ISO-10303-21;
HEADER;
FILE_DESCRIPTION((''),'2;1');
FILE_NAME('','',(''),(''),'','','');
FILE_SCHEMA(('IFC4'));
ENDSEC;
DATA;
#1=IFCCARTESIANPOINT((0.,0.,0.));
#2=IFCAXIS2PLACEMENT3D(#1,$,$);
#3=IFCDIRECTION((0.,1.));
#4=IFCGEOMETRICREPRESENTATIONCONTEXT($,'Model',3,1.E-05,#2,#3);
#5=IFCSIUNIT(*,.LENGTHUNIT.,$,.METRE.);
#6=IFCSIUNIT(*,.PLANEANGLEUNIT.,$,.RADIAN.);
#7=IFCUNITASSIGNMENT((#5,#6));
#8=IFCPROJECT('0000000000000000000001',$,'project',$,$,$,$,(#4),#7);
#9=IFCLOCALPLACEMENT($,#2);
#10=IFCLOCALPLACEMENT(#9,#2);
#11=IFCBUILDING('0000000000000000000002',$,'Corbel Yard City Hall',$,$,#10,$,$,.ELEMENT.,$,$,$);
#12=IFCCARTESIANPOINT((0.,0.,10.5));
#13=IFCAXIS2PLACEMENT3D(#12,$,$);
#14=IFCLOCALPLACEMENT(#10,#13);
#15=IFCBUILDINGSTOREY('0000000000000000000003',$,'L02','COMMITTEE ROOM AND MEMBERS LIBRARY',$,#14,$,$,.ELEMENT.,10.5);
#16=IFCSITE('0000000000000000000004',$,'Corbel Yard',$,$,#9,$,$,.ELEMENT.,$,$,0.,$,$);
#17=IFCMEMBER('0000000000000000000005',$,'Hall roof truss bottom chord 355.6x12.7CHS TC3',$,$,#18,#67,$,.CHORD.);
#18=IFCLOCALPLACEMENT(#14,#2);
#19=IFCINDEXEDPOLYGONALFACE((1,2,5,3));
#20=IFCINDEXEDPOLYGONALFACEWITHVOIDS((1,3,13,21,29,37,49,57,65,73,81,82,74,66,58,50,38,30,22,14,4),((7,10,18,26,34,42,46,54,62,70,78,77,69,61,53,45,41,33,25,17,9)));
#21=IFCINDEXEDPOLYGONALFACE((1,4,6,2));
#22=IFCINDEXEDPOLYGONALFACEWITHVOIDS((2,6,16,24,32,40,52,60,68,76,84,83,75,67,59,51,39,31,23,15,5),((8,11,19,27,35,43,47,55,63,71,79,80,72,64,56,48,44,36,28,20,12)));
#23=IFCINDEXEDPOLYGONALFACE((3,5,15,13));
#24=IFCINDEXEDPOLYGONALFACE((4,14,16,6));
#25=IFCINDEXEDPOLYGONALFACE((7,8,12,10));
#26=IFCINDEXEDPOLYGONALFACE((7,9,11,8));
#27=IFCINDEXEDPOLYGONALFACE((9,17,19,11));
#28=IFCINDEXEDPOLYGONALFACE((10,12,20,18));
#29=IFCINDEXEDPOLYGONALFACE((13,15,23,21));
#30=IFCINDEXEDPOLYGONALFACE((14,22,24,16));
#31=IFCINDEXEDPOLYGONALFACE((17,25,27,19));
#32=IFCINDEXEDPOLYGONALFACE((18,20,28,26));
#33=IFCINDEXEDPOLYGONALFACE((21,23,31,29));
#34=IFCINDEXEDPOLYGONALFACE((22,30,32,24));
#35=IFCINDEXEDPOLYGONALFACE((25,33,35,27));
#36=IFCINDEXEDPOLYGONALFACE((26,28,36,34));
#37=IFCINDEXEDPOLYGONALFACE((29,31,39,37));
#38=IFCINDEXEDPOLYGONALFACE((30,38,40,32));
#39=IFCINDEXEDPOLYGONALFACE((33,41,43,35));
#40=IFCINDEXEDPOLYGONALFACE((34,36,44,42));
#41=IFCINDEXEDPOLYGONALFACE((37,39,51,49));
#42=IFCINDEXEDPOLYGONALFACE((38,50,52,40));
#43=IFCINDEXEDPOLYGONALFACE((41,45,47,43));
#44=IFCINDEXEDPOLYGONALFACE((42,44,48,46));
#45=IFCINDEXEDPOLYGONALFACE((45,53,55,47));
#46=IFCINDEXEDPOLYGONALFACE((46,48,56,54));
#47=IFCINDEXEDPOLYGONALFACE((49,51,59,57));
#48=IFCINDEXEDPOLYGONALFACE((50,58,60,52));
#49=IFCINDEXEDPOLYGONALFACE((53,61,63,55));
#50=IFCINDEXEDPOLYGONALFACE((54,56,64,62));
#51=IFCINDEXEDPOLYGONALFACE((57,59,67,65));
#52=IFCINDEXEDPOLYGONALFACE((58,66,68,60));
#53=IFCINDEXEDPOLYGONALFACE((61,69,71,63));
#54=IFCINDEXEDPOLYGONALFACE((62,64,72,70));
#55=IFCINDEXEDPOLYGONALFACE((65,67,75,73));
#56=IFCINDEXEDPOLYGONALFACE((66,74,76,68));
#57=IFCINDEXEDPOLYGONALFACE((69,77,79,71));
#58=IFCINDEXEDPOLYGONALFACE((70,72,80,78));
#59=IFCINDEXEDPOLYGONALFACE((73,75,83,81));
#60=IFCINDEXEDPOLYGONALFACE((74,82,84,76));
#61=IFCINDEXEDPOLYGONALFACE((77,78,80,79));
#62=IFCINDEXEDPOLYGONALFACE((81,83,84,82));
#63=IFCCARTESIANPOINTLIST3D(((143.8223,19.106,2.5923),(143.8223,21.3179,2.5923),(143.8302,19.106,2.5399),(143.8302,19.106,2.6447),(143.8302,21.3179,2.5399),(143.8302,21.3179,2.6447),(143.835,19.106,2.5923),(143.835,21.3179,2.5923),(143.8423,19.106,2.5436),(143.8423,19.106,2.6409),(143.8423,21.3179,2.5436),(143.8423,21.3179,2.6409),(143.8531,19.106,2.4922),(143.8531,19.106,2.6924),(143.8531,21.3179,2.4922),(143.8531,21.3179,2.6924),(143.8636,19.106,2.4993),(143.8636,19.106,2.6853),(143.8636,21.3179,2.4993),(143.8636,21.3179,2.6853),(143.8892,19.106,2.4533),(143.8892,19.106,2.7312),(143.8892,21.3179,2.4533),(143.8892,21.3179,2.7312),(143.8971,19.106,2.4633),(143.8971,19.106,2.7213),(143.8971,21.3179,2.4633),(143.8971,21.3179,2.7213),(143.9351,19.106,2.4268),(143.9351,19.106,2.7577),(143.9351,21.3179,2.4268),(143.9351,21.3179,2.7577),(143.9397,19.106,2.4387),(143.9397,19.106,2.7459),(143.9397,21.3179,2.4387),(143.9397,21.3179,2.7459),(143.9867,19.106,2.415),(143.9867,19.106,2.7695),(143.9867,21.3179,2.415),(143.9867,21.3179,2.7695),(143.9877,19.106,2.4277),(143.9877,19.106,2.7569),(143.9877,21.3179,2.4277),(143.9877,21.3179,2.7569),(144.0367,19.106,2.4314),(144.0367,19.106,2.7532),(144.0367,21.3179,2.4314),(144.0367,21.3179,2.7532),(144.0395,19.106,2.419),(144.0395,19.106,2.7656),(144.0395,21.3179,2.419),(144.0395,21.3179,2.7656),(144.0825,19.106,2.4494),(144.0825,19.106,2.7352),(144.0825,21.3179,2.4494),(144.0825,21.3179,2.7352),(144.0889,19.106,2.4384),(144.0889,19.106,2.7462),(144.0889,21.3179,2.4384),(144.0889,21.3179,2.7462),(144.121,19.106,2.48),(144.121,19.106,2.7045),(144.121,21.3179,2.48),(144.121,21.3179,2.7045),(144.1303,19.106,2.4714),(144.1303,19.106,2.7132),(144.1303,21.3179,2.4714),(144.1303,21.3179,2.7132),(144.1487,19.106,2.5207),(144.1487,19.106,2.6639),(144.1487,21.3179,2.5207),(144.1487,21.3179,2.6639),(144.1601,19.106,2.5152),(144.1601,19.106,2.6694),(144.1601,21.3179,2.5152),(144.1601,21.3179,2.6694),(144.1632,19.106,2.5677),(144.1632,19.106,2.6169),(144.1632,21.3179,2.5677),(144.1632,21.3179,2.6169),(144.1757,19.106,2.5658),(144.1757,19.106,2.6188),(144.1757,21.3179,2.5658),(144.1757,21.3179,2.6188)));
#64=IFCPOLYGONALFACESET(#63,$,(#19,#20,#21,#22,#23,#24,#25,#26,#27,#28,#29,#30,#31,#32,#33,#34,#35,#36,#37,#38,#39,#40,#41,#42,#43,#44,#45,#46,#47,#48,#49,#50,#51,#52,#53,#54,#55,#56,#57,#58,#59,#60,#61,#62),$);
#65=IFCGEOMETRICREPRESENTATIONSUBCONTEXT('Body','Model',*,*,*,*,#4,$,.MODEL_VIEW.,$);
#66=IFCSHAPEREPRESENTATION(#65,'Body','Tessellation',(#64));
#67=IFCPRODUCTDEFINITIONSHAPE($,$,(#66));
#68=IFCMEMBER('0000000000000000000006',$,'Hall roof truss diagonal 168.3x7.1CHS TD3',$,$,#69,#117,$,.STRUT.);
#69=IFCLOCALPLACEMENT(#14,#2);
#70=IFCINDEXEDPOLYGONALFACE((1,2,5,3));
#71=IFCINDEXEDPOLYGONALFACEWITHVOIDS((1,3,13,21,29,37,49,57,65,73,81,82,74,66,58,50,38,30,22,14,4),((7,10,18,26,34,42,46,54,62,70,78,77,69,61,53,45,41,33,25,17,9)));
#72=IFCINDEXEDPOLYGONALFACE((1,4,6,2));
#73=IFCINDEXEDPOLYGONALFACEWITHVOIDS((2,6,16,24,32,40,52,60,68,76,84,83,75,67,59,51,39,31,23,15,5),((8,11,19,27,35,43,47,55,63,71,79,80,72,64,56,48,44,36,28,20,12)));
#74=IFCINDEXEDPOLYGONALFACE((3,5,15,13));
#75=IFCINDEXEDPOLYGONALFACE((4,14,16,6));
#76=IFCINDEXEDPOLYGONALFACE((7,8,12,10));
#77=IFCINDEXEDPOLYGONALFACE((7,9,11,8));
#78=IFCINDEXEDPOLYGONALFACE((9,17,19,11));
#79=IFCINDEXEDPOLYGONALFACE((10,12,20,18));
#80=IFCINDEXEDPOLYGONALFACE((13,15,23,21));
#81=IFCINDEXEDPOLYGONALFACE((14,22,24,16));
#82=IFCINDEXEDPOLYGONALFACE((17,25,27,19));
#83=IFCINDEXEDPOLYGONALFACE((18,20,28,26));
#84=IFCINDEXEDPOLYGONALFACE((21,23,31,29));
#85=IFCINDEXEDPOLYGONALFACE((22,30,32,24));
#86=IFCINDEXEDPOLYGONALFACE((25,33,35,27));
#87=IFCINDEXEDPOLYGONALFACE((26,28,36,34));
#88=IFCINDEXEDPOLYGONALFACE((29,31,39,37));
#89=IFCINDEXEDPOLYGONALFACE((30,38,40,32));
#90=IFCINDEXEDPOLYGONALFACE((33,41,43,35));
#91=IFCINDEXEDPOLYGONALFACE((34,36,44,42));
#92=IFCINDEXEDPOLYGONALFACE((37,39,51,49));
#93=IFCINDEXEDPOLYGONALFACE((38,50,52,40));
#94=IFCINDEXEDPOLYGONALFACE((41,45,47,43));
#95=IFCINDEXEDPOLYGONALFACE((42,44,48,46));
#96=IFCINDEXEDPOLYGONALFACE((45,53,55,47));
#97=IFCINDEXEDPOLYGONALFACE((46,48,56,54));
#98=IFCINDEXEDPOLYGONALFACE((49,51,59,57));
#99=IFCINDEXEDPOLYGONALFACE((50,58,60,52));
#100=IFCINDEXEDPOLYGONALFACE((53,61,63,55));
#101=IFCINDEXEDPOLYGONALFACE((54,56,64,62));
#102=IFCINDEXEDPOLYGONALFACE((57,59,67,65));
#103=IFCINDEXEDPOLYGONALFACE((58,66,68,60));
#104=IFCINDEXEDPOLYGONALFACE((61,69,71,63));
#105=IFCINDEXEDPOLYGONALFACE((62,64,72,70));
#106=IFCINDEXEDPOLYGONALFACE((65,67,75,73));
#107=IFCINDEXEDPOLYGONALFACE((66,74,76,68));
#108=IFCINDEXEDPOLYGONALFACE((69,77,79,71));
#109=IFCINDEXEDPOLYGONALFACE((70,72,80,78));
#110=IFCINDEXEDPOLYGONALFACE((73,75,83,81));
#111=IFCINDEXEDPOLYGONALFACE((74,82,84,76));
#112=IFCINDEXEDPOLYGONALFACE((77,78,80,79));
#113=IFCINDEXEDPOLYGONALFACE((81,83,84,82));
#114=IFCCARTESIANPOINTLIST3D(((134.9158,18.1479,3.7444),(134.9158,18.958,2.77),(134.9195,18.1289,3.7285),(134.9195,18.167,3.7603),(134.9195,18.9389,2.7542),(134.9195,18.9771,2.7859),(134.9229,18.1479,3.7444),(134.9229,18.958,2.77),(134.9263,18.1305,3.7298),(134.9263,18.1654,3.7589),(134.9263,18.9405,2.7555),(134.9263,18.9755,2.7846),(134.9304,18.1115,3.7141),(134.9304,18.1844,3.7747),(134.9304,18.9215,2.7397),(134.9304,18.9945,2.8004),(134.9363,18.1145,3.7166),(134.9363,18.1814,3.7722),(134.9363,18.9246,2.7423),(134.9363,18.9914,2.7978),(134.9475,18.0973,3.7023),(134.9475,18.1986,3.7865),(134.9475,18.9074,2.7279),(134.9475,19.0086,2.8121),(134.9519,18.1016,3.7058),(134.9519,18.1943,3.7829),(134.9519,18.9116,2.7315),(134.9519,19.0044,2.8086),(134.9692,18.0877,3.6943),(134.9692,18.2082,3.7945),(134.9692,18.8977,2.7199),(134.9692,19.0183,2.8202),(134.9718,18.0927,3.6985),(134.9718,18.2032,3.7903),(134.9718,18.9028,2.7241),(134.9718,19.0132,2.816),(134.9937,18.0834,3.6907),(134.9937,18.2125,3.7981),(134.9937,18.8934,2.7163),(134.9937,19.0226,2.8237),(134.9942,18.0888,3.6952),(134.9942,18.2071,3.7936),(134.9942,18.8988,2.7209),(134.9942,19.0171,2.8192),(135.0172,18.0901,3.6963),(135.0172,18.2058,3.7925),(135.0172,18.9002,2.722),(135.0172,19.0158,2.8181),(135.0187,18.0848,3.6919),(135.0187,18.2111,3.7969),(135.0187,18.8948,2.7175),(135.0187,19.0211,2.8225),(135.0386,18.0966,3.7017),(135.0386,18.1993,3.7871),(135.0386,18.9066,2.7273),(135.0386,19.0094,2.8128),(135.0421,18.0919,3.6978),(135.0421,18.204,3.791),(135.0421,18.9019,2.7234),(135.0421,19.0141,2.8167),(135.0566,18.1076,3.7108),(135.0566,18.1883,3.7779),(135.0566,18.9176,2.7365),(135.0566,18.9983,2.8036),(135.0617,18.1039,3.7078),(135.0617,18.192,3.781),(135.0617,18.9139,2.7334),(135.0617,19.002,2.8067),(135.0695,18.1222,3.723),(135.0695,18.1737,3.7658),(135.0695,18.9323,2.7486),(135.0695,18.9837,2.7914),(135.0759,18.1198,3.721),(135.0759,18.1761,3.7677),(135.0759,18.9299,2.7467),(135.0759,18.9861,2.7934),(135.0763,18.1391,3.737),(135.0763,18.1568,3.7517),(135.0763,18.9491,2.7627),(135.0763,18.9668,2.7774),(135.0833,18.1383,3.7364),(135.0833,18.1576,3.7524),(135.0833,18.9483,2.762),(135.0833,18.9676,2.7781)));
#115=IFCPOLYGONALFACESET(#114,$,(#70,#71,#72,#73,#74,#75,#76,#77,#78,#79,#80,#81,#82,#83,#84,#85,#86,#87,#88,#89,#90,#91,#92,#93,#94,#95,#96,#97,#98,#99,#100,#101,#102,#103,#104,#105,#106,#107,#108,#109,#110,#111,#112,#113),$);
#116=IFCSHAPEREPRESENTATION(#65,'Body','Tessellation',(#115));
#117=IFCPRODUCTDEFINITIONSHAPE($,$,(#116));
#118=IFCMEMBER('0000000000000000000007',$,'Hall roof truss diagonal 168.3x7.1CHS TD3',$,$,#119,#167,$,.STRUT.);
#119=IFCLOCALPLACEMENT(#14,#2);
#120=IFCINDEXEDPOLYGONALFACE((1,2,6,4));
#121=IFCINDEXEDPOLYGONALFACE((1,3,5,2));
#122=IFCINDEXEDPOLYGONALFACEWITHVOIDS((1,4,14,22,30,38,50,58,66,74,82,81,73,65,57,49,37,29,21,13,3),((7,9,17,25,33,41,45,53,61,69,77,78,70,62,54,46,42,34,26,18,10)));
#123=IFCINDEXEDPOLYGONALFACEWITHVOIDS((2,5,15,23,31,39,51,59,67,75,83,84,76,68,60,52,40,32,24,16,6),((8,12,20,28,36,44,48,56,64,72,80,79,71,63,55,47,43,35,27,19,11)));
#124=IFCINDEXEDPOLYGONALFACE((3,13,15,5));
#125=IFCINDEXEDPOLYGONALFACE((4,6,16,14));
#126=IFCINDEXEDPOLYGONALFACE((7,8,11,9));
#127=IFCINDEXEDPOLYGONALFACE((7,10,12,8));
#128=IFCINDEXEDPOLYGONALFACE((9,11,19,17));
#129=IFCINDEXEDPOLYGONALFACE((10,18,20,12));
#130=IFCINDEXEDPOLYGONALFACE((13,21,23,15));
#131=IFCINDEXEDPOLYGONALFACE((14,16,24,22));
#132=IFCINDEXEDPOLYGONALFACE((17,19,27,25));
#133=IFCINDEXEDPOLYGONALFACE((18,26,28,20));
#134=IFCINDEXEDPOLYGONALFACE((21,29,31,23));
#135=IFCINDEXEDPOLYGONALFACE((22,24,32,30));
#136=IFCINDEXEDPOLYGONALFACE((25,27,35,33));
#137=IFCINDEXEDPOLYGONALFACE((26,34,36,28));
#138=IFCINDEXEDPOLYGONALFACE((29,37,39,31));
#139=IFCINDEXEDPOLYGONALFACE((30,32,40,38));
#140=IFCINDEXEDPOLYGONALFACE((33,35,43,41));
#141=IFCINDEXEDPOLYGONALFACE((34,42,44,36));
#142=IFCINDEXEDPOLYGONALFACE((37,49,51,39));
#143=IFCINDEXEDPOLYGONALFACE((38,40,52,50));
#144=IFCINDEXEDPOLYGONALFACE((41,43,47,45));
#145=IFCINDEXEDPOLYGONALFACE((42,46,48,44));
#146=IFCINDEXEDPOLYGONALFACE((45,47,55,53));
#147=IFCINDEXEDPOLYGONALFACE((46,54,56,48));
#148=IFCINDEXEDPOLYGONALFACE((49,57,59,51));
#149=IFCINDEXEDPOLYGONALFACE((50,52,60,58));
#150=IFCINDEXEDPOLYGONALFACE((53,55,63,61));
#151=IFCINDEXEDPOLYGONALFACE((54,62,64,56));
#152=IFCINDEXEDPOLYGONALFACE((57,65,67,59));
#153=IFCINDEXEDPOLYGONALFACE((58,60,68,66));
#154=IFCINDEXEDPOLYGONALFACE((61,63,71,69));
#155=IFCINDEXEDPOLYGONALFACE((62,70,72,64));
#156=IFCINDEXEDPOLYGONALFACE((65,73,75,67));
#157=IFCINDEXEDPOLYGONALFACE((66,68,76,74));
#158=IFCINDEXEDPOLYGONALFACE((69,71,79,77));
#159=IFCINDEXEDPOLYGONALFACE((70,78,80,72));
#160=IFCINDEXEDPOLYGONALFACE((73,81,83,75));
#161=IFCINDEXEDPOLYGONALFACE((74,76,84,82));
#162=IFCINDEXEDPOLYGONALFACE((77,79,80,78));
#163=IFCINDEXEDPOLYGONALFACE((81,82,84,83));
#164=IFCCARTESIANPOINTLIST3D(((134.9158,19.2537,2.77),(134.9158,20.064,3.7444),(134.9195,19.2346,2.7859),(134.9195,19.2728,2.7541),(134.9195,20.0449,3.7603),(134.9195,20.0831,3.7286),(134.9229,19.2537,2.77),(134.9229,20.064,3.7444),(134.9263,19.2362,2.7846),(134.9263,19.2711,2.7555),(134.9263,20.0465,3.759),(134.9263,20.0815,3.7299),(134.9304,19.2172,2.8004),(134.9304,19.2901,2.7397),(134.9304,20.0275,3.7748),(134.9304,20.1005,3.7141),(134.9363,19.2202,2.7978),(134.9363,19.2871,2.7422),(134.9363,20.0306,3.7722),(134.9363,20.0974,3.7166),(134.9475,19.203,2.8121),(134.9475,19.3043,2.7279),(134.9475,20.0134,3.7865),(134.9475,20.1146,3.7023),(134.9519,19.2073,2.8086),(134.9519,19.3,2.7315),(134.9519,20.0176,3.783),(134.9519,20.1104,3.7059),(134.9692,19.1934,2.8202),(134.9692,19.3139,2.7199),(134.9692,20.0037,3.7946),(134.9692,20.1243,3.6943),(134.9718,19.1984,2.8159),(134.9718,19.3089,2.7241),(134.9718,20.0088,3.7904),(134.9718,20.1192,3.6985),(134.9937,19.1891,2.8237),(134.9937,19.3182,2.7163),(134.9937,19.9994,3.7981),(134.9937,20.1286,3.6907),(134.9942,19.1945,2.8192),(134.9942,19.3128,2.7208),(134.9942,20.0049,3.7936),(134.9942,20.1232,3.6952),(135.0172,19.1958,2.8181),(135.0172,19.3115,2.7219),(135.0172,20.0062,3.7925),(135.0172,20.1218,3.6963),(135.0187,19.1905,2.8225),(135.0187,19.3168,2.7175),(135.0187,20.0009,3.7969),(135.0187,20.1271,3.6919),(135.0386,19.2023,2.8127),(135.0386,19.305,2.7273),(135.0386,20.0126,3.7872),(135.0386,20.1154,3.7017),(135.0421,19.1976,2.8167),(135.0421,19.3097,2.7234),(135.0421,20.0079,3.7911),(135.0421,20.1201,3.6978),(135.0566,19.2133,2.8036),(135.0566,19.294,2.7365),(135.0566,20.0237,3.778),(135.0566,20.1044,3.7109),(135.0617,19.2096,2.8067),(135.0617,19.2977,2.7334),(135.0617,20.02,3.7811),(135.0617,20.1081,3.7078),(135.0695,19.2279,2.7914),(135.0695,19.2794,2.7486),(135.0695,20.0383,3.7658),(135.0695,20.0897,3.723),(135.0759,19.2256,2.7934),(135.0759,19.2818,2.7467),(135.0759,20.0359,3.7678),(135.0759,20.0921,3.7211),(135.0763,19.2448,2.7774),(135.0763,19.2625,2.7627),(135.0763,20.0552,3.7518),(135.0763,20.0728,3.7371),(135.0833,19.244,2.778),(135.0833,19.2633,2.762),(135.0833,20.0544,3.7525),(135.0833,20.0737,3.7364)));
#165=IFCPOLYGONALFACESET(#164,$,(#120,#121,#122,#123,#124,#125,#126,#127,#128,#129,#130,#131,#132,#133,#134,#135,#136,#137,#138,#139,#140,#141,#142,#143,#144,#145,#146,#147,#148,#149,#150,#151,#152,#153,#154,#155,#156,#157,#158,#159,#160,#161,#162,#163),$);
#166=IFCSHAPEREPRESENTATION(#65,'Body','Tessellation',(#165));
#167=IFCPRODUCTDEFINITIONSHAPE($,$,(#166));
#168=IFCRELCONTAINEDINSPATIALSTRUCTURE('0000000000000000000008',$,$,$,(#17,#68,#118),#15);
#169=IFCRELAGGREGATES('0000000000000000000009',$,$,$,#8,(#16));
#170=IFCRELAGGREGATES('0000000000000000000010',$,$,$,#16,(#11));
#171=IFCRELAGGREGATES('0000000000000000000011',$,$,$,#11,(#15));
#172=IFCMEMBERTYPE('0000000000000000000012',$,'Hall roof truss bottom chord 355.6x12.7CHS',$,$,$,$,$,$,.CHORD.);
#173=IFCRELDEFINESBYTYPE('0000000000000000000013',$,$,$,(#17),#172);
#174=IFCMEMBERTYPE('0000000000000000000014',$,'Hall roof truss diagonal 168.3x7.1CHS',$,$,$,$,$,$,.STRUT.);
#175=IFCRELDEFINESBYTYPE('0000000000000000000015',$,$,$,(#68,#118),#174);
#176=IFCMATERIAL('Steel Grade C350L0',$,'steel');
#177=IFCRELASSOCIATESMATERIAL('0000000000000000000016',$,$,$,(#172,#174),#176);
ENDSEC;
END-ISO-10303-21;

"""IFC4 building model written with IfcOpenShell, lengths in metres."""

from ifc_helpers import new_model, si_unit, direction, frame, origin, origin_2d, place, context, subcontext, project, spatial, hollow_circle, extrude, material, material_profile, profile_set, type_object, element, save


model = new_model("IFC4")

# Units and contexts
model_context = context("Model", 3, precision=1e-05, world=origin(), true_north=direction((0.0, 1.0)))
body_context = subcontext(model_context, "Body", "Model", "MODEL_VIEW")
ifc_project = project(units=[si_unit("LENGTHUNIT", "METRE"), si_unit("PLANEANGLEUNIT", "RADIAN")], contexts=[model_context])

# Site, building, storey
site_placement = place(None, origin())
site = spatial("IfcSite", under=ifc_project, at=site_placement, Name="Corbel Yard", CompositionType="ELEMENT", RefElevation=0.0)
building_placement = place(site_placement, origin())
building = spatial("IfcBuilding", under=site, at=building_placement, Name="Corbel Yard City Hall", CompositionType="ELEMENT")
storey_placement = place(building_placement, frame((0.0, 0.0, 10.5)))
storey = spatial("IfcBuildingStorey", under=building, at=storey_placement, Name="L02", Description="COMMITTEE ROOM AND MEMBERS LIBRARY", CompositionType="ELEMENT", Elevation=10.5)

# Members
ifc_material_1 = material(Name="Steel Grade C350L0", Category="steel")
ifc_material_profile_1 = material_profile(ifc_material_1, hollow_circle(Radius=0.1777, WallThickness=0.0127, at=origin_2d()), Name="355.6x12.7CHS")
ifc_profile_set_1 = profile_set([ifc_material_profile_1], Name="Steel Grade C350L0")
member_type_1 = type_object("IfcMemberType", Name="Hall roof truss bottom chord 355.6x12.7CHS", PredefinedType="CHORD", material=ifc_profile_set_1)
for number, where, z_axis, x_axis, name in (
    (1, (144.0, 19.106, 2.5923), (0.0, 1.0, 0.0), (-1.0, 0.0, 0.0), "Hall roof truss bottom chord 355.6x12.7CHS TC3"),
):
    element("IfcMember", number, at=place(storey_placement, frame(where, z_axis=z_axis, x_axis=x_axis)), inside=storey, type_object=member_type_1, Name=name, PredefinedType="CHORD", context=body_context, shape_type="SweptSolid", body=[
        extrude(hollow_circle(Radius=0.1777, WallThickness=0.0127, at=origin_2d()), origin(), (0.0, 0.0, 1.0), 2.2119),
    ])
ifc_material_profile_2 = material_profile(ifc_material_1, hollow_circle(Radius=0.0842, WallThickness=0.0071, at=origin_2d()), Name="168.3x7.1CHS")
ifc_profile_set_2 = profile_set([ifc_material_profile_2], Name="Steel Grade C350L0")
member_type_2 = type_object("IfcMemberType", Name="Hall roof truss diagonal 168.3x7.1CHS", PredefinedType="STRUT", material=ifc_profile_set_2)
member_1_placement = place(storey_placement, frame((135.0, 18.1479, 3.7444), z_axis=(0.0, 0.639293, -0.768963), x_axis=(-1.0, 0.0, 0.0)))
element("IfcMember", 2, at=member_1_placement, inside=storey, type_object=member_type_2, Name="Hall roof truss diagonal 168.3x7.1CHS TD3", PredefinedType="STRUT", context=body_context, shape_type="SweptSolid", body=[
    extrude(hollow_circle(Radius=0.0842, WallThickness=0.0071, at=origin_2d()), origin(), (0.0, 0.0, 1.0), 1.2671),
])
for number, where, z_axis, x_axis, name in (
    (3, (135.0, 19.2537, 2.77), (0.0, 0.639407, 0.768868), (-1.0, 0.0, 0.0), "Hall roof truss diagonal 168.3x7.1CHS TD3"),
):
    element("IfcMember", number, at=place(storey_placement, frame(where, z_axis=z_axis, x_axis=x_axis)), inside=storey, type_object=member_type_2, Name=name, PredefinedType="STRUT", context=body_context, shape_type="SweptSolid", body=[
        extrude(hollow_circle(Radius=0.0842, WallThickness=0.0071, at=origin_2d()), origin(), (0.0, 0.0, 1.0), 1.2673),
    ])

save(model, "model.ifc")
